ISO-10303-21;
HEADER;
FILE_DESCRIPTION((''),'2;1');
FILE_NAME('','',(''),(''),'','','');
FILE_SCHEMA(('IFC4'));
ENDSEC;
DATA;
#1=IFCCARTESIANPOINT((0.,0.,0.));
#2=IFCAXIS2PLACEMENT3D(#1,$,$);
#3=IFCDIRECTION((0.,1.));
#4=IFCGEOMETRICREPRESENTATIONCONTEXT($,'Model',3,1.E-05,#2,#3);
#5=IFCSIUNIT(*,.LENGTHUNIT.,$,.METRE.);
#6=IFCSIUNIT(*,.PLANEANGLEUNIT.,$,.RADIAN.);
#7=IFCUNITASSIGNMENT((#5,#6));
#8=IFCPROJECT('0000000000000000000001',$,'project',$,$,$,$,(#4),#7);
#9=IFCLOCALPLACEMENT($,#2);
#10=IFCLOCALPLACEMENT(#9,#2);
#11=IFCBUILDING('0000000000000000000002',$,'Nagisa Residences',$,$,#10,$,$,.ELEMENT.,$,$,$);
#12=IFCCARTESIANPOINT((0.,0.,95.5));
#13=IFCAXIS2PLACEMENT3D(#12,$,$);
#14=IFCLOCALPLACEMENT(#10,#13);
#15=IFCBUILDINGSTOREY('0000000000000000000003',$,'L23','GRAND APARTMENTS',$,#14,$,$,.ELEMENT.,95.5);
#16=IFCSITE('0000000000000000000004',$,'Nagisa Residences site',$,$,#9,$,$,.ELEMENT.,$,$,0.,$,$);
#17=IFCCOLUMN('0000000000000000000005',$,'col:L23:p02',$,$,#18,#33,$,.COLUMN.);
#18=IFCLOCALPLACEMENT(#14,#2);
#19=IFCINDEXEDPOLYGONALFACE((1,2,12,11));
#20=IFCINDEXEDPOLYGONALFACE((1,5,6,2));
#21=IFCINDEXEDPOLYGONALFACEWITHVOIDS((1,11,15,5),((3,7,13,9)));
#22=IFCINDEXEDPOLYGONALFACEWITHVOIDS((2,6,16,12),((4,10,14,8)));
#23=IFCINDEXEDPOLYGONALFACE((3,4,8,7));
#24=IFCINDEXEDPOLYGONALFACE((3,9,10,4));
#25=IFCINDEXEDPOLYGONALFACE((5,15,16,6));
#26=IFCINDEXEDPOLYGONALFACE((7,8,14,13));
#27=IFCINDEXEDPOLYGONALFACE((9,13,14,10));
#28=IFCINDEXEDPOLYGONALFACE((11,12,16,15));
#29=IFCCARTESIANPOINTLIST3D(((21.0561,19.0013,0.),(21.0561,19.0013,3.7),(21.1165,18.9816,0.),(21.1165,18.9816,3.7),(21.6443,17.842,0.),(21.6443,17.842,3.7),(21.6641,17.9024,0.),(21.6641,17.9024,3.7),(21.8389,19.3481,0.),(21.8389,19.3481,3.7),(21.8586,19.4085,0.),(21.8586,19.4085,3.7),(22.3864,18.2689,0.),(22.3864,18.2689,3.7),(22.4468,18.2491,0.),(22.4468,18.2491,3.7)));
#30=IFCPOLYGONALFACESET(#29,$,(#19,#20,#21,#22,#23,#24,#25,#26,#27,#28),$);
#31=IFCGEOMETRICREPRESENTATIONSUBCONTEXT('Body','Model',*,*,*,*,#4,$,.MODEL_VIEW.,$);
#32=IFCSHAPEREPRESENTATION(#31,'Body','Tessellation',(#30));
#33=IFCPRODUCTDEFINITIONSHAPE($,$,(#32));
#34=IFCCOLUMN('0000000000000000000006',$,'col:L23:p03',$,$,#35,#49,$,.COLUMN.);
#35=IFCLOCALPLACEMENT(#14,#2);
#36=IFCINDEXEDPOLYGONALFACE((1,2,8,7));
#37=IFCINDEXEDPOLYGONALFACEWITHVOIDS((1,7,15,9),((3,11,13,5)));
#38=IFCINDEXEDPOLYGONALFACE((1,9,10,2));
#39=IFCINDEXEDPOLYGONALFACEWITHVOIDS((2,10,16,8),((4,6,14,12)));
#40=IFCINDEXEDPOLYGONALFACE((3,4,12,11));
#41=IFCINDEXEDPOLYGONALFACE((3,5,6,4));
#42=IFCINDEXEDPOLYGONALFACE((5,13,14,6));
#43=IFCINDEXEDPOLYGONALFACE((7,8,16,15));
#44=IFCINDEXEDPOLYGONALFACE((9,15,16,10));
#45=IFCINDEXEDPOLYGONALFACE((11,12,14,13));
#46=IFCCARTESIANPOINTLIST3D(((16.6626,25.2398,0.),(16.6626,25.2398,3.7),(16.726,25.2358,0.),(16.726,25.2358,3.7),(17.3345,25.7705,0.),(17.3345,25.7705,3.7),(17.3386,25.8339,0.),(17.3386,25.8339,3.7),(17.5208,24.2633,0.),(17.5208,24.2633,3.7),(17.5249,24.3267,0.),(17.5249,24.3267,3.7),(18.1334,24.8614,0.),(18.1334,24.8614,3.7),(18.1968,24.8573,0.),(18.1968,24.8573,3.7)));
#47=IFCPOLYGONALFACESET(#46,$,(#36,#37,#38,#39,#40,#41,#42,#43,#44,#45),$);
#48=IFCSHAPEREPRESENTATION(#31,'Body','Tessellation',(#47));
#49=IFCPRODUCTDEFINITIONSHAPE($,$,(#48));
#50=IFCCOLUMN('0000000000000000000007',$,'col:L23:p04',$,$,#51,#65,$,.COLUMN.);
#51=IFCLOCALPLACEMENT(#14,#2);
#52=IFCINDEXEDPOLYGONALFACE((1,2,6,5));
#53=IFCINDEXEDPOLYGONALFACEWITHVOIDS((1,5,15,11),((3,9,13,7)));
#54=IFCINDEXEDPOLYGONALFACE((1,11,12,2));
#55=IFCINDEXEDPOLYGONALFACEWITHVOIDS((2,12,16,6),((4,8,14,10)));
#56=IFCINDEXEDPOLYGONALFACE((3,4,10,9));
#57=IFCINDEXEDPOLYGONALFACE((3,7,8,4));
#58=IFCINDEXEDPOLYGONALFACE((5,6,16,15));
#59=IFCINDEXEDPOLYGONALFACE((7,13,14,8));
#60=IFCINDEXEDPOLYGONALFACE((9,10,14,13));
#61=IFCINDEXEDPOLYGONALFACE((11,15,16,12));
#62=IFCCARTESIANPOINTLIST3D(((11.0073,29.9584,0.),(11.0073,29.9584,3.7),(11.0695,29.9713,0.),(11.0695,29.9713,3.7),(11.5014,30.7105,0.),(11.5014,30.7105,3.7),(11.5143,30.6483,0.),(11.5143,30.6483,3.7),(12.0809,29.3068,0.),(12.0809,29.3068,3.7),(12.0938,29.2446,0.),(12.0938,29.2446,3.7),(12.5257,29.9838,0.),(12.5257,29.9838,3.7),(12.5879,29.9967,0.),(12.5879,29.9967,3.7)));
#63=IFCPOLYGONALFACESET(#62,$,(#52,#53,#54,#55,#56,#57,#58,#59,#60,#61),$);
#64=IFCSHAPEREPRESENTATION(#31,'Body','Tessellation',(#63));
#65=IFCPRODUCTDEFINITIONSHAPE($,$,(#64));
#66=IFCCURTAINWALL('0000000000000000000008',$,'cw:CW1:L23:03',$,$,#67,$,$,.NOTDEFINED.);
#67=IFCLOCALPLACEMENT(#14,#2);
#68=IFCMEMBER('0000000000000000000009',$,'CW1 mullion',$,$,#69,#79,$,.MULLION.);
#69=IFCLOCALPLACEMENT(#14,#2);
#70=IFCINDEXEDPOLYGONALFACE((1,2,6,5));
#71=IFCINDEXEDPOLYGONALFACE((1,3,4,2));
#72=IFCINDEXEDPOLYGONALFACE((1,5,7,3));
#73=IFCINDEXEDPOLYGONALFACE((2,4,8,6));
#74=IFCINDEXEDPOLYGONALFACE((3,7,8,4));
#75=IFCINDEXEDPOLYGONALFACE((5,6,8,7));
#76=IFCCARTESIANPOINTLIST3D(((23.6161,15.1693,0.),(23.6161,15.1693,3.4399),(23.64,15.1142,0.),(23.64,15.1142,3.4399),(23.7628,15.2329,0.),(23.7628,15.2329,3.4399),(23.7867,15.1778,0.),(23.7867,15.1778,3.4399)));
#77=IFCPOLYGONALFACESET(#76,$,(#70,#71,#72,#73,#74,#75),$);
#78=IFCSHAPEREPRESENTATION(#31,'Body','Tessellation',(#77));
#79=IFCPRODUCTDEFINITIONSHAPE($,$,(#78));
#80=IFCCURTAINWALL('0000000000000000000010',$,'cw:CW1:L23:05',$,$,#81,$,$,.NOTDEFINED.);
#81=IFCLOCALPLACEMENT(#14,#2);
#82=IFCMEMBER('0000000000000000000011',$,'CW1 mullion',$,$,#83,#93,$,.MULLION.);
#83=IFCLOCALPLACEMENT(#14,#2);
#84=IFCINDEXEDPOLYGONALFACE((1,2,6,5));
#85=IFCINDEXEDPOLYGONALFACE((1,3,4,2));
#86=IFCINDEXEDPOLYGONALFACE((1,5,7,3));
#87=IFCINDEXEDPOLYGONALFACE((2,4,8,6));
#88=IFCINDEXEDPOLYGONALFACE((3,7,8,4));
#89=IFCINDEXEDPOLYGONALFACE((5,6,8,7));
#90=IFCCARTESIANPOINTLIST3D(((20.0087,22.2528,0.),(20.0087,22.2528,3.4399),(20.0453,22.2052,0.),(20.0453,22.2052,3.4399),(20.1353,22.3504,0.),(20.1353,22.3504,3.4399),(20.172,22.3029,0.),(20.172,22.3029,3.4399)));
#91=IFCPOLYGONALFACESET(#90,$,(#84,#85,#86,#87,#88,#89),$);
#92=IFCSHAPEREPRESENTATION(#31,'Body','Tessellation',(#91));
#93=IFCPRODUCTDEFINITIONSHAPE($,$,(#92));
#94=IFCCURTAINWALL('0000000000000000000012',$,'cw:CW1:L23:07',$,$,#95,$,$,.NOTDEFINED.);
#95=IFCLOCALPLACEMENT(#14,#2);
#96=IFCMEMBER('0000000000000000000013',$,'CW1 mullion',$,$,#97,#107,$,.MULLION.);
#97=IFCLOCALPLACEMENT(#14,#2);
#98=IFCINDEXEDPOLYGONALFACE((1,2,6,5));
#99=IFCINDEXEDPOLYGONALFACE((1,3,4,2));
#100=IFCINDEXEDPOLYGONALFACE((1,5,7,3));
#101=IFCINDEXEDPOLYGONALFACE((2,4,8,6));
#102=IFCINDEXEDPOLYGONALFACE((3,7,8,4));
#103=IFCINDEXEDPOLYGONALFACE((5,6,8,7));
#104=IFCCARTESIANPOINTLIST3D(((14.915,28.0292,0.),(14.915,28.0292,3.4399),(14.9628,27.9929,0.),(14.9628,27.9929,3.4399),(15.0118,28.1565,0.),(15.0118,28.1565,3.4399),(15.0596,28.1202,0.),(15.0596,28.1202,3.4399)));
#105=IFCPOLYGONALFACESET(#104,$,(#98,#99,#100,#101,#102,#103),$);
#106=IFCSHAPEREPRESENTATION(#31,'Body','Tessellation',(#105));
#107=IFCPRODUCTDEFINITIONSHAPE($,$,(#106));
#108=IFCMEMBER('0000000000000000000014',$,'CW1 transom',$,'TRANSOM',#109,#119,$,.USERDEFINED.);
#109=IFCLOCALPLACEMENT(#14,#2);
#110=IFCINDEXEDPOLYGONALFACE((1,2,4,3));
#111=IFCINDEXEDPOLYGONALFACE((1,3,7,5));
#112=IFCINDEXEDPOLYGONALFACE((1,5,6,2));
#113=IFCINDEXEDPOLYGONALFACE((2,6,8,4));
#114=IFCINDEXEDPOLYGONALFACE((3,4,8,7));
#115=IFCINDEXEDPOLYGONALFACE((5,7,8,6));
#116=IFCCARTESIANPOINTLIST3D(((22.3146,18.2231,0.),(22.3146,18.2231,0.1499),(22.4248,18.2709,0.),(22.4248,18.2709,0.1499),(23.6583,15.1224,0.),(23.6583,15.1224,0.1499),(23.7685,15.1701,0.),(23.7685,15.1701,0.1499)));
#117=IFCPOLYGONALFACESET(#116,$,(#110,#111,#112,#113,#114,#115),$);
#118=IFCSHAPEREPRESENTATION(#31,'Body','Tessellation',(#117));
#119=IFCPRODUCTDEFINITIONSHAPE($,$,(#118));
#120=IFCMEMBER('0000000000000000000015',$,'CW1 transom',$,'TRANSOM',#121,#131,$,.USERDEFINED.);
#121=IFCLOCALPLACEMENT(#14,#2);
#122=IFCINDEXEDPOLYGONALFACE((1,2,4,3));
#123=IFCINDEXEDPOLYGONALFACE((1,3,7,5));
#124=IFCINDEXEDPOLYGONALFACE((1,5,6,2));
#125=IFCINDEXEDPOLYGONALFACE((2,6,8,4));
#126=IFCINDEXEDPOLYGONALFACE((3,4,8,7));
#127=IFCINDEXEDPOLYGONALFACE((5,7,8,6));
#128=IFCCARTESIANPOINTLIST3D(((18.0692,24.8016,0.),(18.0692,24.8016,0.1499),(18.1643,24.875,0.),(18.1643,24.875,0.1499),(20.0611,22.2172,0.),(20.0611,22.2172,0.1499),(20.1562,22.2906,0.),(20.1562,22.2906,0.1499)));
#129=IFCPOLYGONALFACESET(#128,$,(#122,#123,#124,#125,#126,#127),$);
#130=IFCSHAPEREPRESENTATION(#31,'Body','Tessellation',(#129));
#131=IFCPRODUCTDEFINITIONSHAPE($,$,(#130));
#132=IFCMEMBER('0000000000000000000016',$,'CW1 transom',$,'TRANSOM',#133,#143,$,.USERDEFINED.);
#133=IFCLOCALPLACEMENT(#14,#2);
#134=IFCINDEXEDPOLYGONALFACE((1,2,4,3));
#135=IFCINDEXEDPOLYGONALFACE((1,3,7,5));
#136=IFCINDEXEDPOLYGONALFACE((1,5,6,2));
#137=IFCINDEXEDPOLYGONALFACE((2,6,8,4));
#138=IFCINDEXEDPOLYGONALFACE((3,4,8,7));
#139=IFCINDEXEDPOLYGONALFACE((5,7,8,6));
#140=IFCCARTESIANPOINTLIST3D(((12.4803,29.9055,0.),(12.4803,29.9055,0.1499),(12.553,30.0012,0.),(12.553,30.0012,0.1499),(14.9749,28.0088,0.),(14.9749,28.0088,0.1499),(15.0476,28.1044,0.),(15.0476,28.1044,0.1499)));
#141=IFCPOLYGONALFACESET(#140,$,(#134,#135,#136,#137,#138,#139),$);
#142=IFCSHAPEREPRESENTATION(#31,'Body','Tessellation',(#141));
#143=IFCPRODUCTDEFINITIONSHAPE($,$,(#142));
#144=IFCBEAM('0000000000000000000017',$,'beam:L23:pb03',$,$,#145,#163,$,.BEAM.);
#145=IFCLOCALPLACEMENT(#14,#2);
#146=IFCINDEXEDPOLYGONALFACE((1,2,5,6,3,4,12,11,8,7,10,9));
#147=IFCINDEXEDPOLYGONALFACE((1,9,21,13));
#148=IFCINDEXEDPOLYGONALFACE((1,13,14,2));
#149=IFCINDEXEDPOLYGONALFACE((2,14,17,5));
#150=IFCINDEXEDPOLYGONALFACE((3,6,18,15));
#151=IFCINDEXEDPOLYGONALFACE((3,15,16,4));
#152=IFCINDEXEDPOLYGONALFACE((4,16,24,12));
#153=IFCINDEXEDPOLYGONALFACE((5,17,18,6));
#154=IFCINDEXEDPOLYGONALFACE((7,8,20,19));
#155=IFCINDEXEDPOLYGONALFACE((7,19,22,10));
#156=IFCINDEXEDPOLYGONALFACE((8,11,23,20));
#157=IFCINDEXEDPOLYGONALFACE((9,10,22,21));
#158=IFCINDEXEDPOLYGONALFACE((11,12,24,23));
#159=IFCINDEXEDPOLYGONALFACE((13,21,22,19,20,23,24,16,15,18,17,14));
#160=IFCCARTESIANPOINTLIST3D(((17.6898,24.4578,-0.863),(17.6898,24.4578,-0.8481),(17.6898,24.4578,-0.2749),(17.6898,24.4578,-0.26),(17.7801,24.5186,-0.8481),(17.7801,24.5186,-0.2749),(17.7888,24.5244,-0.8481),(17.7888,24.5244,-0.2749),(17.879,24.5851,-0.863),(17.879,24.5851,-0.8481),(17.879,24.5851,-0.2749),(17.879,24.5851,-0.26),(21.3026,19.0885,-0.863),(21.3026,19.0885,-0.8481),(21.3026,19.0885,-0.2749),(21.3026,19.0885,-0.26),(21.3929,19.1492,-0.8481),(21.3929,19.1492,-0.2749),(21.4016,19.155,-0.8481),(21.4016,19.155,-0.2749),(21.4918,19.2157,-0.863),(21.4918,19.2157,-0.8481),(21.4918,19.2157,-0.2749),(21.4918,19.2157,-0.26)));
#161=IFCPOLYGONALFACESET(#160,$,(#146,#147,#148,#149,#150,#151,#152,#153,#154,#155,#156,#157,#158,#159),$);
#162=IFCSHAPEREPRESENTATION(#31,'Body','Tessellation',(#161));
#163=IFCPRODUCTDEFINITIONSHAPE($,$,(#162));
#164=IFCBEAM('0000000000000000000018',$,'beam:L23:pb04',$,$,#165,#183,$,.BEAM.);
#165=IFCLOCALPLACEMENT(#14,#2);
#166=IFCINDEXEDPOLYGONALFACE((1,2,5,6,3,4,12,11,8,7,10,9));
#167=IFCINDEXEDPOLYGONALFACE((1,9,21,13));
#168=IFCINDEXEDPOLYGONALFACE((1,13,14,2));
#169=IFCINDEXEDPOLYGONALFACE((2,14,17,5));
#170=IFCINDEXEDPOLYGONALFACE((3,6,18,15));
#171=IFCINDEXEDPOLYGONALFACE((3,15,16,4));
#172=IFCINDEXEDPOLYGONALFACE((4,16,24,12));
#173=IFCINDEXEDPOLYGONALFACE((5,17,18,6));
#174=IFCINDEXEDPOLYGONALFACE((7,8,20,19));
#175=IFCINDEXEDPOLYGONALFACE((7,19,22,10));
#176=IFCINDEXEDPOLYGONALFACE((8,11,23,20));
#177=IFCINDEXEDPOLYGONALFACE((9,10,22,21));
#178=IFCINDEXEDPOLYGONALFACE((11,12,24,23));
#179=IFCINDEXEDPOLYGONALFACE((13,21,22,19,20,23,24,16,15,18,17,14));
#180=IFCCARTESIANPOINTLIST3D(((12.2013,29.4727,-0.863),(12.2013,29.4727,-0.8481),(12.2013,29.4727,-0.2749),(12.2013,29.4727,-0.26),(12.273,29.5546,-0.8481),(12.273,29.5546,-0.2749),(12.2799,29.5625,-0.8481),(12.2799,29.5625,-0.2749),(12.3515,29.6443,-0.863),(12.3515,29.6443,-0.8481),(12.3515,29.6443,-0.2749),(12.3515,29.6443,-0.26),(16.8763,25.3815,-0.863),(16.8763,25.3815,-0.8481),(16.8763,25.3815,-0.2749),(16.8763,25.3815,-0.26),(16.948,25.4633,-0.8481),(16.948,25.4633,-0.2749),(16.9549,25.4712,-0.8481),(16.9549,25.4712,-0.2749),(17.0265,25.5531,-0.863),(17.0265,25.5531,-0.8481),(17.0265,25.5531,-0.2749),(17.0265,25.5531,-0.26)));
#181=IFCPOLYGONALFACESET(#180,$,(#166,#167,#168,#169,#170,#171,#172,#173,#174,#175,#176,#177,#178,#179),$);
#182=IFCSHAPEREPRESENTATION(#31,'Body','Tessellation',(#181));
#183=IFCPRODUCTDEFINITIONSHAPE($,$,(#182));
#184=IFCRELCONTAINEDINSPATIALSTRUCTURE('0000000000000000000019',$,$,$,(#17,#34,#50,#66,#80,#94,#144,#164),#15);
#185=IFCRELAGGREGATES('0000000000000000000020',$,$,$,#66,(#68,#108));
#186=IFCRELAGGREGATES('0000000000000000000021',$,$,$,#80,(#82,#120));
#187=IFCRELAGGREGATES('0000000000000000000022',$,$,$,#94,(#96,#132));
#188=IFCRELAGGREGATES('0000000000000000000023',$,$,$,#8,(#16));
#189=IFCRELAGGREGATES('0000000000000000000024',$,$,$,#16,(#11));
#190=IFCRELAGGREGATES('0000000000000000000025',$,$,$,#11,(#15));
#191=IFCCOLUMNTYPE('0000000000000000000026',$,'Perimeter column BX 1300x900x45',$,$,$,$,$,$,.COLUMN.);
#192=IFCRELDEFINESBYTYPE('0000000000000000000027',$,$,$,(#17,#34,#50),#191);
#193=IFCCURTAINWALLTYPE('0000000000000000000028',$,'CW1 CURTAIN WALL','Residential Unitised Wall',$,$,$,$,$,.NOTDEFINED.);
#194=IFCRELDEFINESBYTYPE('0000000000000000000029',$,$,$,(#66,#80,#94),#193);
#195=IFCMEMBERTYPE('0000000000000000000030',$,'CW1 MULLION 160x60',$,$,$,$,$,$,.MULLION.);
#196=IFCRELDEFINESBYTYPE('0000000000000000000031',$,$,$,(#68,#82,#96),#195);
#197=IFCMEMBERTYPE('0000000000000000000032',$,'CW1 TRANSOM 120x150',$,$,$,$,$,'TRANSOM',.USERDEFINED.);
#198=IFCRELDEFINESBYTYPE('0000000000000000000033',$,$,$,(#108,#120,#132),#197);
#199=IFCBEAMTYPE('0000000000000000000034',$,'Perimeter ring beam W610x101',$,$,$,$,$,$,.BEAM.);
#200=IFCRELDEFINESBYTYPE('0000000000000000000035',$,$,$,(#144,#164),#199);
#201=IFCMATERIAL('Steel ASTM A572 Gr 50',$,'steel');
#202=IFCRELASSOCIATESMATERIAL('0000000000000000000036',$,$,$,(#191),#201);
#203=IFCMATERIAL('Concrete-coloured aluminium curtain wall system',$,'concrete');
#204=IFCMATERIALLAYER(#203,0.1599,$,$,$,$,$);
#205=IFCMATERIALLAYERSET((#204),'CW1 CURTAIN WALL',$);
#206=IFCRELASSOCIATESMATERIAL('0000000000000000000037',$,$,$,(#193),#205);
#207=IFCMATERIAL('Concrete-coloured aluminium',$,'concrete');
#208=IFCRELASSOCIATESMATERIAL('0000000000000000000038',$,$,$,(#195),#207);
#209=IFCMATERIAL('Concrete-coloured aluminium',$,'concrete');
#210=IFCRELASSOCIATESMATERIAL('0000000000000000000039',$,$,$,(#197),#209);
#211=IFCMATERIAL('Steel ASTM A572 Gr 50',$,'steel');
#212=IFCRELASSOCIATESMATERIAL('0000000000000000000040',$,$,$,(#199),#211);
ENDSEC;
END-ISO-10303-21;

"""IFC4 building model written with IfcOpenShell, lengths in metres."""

from ifc_helpers import new_model, si_unit, direction, frame, origin, origin_2d, place, context, subcontext, project, spatial, rectangle, hollow_rectangle, i_section, extrude, material, layer, layer_set, material_profile, profile_set, type_object, element, aggregate, save


model = new_model("IFC4")

# Units and contexts
model_context = context("Model", 3, precision=1e-05, world=origin(), true_north=direction((0.0, 1.0)))
body_context = subcontext(model_context, "Body", "Model", "MODEL_VIEW")
ifc_project = project(units=[si_unit("LENGTHUNIT", "METRE"), si_unit("PLANEANGLEUNIT", "RADIAN")], contexts=[model_context])

# Site, building, storey
site_placement = place(None, origin())
site = spatial("IfcSite", under=ifc_project, at=site_placement, Name="Nagisa Residences site", CompositionType="ELEMENT", RefElevation=0.0)
building_placement = place(site_placement, origin())
building = spatial("IfcBuilding", under=site, at=building_placement, Name="Nagisa Residences", CompositionType="ELEMENT")
storey_placement = place(building_placement, frame((0.0, 0.0, 95.5)))
storey = spatial("IfcBuildingStorey", under=building, at=storey_placement, Name="L23", Description="GRAND APARTMENTS", CompositionType="ELEMENT", Elevation=95.5)

# Columns
ifc_material_1 = material(Name="Steel ASTM A572 Gr 50", Category="steel")
ifc_material_profile_1 = material_profile(ifc_material_1, hollow_rectangle(XDim=1.3, YDim=0.8999, WallThickness=0.0449, at=origin_2d()), Name="BX 1300x900x45")
ifc_profile_set_1 = profile_set([ifc_material_profile_1], Name="Steel ASTM A572 Gr 50")
column_type = type_object("IfcColumnType", Name="Perimeter column BX 1300x900x45", PredefinedType="COLUMN", material=ifc_profile_set_1)
for number, where, z_axis, x_axis, name in (
    (1, (21.7515, 18.6252, 0.0), (0.0, 0.0, 1.0), (-0.452463, 0.891783, 0.0), "col:L23:p02"),
    (2, (17.4297, 25.0486, 0.0), (0.0, 0.0, 1.0), (-0.660115, 0.751165, 0.0), "col:L23:p03"),
    (3, (11.7976, 29.9775, 0.0), (0.0, 0.0, 1.0), (-0.835766, 0.549086, 0.0), "col:L23:p04"),
):
    element("IfcColumn", number, at=place(storey_placement, frame(where, z_axis=z_axis, x_axis=x_axis)), inside=storey, type_object=column_type, Name=name, PredefinedType="COLUMN", context=body_context, shape_type="SweptSolid", body=[
        extrude(hollow_rectangle(XDim=1.3, YDim=0.8999, WallThickness=0.0449, at=origin_2d()), origin(), (0.0, 0.0, 1.0), 3.7),
    ])

# Curtain walls, members
ifc_material_2 = material(Name="Concrete-coloured aluminium curtain wall system", Category="concrete")
ifc_layer_1 = layer(ifc_material_2, 0.1599)
ifc_layer_set_1 = layer_set([ifc_layer_1], Name="CW1 CURTAIN WALL")
curtain_wall_type = type_object("IfcCurtainWallType", Name="CW1 CURTAIN WALL", Description="Residential Unitised Wall", PredefinedType="NOTDEFINED", material=ifc_layer_set_1)
curtain_wall_1_placement = place(storey_placement, origin())
curtain_wall_1 = element("IfcCurtainWall", 4, at=curtain_wall_1_placement, inside=storey, type_object=curtain_wall_type, Name="cw:CW1:L23:03", PredefinedType="NOTDEFINED")
ifc_material_3 = material(Name="Concrete-coloured aluminium", Category="concrete")
ifc_material_profile_2 = material_profile(ifc_material_3, rectangle(XDim=0.1599, YDim=0.0601, at=origin_2d()), Name="CW1 MULLION 160x60")
ifc_profile_set_2 = profile_set([ifc_material_profile_2], Name="Concrete-coloured aluminium")
member_type_1 = type_object("IfcMemberType", Name="CW1 MULLION 160x60", PredefinedType="MULLION", material=ifc_profile_set_2)
member_1_placement = place(storey_placement, frame((23.7014, 15.1736, 0.0), z_axis=(0.0, 0.0, 1.0), x_axis=(-0.917543, -0.397636, 0.0)))
member_1 = element("IfcMember", 5, at=member_1_placement, type_object=member_type_1, Name="CW1 mullion", PredefinedType="MULLION", context=body_context, shape_type="SweptSolid", body=[
    extrude(rectangle(XDim=0.1599, YDim=0.0601, at=origin_2d()), origin(), (0.0, 0.0, 1.0), 3.4399),
])
curtain_wall_2_placement = place(storey_placement, origin())
curtain_wall_2 = element("IfcCurtainWall", 6, at=curtain_wall_2_placement, inside=storey, type_object=curtain_wall_type, Name="cw:CW1:L23:05", PredefinedType="NOTDEFINED")
member_2_placement = place(storey_placement, frame((20.0903, 22.2778, 0.0), z_axis=(0.0, 0.0, 1.0), x_axis=(-0.79207, -0.61043, 0.0)))
member_2 = element("IfcMember", 7, at=member_2_placement, type_object=member_type_1, Name="CW1 mullion", PredefinedType="MULLION", context=body_context, shape_type="SweptSolid", body=[
    extrude(rectangle(XDim=0.1599, YDim=0.0601, at=origin_2d()), origin(), (0.0, 0.0, 1.0), 3.4399),
])
curtain_wall_3_placement = place(storey_placement, origin())
curtain_wall_3 = element("IfcCurtainWall", 8, at=curtain_wall_3_placement, inside=storey, type_object=curtain_wall_type, Name="cw:CW1:L23:07", PredefinedType="NOTDEFINED")
member_3_placement = place(storey_placement, frame((14.9873, 28.0747, 0.0), z_axis=(0.0, 0.0, 1.0), x_axis=(-0.605255, -0.796031, 0.0)))
member_3 = element("IfcMember", 9, at=member_3_placement, type_object=member_type_1, Name="CW1 mullion", PredefinedType="MULLION", context=body_context, shape_type="SweptSolid", body=[
    extrude(rectangle(XDim=0.1599, YDim=0.0601, at=origin_2d()), origin(), (0.0, 0.0, 1.0), 3.4399),
])

# Members
ifc_material_4 = material(Name="Concrete-coloured aluminium", Category="concrete")
ifc_material_profile_3 = material_profile(ifc_material_4, rectangle(XDim=0.1201, YDim=0.1499, at=origin_2d()), Name="CW1 TRANSOM 120x150")
ifc_profile_set_3 = profile_set([ifc_material_profile_3], Name="Concrete-coloured aluminium")
member_type_2 = type_object("IfcMemberType", Name="CW1 TRANSOM 120x150", ElementType="TRANSOM", PredefinedType="USERDEFINED", material=ifc_profile_set_3)
member_4_placement = place(storey_placement, frame((23.7134, 15.1462, 0.075), z_axis=(-0.397622, 0.917549, 0.0), x_axis=(-0.917549, -0.397622, 0.0)))
member_4 = element("IfcMember", 10, at=member_4_placement, type_object=member_type_2, Name="CW1 transom", ObjectType="TRANSOM", PredefinedType="USERDEFINED", context=body_context, shape_type="SweptSolid", body=[
    extrude(rectangle(XDim=0.1201, YDim=0.1499, at=origin_2d()), origin(), (0.0, 0.0, 1.0), 3.3794),
])
member_5_placement = place(storey_placement, frame((20.1086, 22.2539, 0.075), z_axis=(-0.610459, 0.792048, 0.0), x_axis=(-0.792048, -0.610459, 0.0)))
member_5 = element("IfcMember", 11, at=member_5_placement, type_object=member_type_2, Name="CW1 transom", ObjectType="TRANSOM", PredefinedType="USERDEFINED", context=body_context, shape_type="SweptSolid", body=[
    extrude(rectangle(XDim=0.1201, YDim=0.1499, at=origin_2d()), origin(), (0.0, 0.0, 1.0), 3.2629),
])
member_6_placement = place(storey_placement, frame((15.0112, 28.0566, 0.075), z_axis=(-0.796038, 0.605247, 0.0), x_axis=(-0.605247, -0.796038, 0.0)))
member_6 = element("IfcMember", 12, at=member_6_placement, type_object=member_type_2, Name="CW1 transom", ObjectType="TRANSOM", PredefinedType="USERDEFINED", context=body_context, shape_type="SweptSolid", body=[
    extrude(rectangle(XDim=0.1201, YDim=0.1499, at=origin_2d()), origin(), (0.0, 0.0, 1.0), 3.1338),
])

# Beams
ifc_material_5 = material(Name="Steel ASTM A572 Gr 50", Category="steel")
ifc_material_profile_4 = material_profile(ifc_material_5, i_section(OverallWidth=0.228, OverallDepth=0.603, WebThickness=0.0105, FlangeThickness=0.0149, at=origin_2d()), Name="W610x101")
ifc_profile_set_4 = profile_set([ifc_material_profile_4], Name="Steel ASTM A572 Gr 50")
beam_type_1 = type_object("IfcBeamType", Name="Perimeter ring beam W610x101", PredefinedType="BEAM", material=ifc_profile_set_4)
beam_1_placement = place(storey_placement, frame((21.3972, 19.1521, -0.5615), z_axis=(-0.558247, 0.829675, 0.0), x_axis=(-0.829675, -0.558247, 0.0)))
element("IfcBeam", 13, at=beam_1_placement, inside=storey, type_object=beam_type_1, Name="beam:L23:pb03", PredefinedType="BEAM", context=body_context, shape_type="SweptSolid", body=[
    extrude(i_section(OverallWidth=0.228, OverallDepth=0.603, WebThickness=0.0105, FlangeThickness=0.0149, at=origin_2d()), origin(), (0.0, 0.0, 1.0), 6.4717),
])
beam_2_placement = place(storey_placement, frame((16.9514, 25.4673, -0.5615), z_axis=(-0.752526, 0.658563, 0.0), x_axis=(-0.658563, -0.752526, 0.0)))
element("IfcBeam", 14, at=beam_2_placement, inside=storey, type_object=beam_type_1, Name="beam:L23:pb04", PredefinedType="BEAM", context=body_context, shape_type="SweptSolid", body=[
    extrude(i_section(OverallWidth=0.228, OverallDepth=0.603, WebThickness=0.0105, FlangeThickness=0.0149, at=origin_2d()), origin(), (0.0, 0.0, 1.0), 6.2124),
])

aggregate(curtain_wall_1, [member_1, member_4])
aggregate(curtain_wall_2, [member_2, member_5])
aggregate(curtain_wall_3, [member_3, member_6])

save(model, "model.ifc")
